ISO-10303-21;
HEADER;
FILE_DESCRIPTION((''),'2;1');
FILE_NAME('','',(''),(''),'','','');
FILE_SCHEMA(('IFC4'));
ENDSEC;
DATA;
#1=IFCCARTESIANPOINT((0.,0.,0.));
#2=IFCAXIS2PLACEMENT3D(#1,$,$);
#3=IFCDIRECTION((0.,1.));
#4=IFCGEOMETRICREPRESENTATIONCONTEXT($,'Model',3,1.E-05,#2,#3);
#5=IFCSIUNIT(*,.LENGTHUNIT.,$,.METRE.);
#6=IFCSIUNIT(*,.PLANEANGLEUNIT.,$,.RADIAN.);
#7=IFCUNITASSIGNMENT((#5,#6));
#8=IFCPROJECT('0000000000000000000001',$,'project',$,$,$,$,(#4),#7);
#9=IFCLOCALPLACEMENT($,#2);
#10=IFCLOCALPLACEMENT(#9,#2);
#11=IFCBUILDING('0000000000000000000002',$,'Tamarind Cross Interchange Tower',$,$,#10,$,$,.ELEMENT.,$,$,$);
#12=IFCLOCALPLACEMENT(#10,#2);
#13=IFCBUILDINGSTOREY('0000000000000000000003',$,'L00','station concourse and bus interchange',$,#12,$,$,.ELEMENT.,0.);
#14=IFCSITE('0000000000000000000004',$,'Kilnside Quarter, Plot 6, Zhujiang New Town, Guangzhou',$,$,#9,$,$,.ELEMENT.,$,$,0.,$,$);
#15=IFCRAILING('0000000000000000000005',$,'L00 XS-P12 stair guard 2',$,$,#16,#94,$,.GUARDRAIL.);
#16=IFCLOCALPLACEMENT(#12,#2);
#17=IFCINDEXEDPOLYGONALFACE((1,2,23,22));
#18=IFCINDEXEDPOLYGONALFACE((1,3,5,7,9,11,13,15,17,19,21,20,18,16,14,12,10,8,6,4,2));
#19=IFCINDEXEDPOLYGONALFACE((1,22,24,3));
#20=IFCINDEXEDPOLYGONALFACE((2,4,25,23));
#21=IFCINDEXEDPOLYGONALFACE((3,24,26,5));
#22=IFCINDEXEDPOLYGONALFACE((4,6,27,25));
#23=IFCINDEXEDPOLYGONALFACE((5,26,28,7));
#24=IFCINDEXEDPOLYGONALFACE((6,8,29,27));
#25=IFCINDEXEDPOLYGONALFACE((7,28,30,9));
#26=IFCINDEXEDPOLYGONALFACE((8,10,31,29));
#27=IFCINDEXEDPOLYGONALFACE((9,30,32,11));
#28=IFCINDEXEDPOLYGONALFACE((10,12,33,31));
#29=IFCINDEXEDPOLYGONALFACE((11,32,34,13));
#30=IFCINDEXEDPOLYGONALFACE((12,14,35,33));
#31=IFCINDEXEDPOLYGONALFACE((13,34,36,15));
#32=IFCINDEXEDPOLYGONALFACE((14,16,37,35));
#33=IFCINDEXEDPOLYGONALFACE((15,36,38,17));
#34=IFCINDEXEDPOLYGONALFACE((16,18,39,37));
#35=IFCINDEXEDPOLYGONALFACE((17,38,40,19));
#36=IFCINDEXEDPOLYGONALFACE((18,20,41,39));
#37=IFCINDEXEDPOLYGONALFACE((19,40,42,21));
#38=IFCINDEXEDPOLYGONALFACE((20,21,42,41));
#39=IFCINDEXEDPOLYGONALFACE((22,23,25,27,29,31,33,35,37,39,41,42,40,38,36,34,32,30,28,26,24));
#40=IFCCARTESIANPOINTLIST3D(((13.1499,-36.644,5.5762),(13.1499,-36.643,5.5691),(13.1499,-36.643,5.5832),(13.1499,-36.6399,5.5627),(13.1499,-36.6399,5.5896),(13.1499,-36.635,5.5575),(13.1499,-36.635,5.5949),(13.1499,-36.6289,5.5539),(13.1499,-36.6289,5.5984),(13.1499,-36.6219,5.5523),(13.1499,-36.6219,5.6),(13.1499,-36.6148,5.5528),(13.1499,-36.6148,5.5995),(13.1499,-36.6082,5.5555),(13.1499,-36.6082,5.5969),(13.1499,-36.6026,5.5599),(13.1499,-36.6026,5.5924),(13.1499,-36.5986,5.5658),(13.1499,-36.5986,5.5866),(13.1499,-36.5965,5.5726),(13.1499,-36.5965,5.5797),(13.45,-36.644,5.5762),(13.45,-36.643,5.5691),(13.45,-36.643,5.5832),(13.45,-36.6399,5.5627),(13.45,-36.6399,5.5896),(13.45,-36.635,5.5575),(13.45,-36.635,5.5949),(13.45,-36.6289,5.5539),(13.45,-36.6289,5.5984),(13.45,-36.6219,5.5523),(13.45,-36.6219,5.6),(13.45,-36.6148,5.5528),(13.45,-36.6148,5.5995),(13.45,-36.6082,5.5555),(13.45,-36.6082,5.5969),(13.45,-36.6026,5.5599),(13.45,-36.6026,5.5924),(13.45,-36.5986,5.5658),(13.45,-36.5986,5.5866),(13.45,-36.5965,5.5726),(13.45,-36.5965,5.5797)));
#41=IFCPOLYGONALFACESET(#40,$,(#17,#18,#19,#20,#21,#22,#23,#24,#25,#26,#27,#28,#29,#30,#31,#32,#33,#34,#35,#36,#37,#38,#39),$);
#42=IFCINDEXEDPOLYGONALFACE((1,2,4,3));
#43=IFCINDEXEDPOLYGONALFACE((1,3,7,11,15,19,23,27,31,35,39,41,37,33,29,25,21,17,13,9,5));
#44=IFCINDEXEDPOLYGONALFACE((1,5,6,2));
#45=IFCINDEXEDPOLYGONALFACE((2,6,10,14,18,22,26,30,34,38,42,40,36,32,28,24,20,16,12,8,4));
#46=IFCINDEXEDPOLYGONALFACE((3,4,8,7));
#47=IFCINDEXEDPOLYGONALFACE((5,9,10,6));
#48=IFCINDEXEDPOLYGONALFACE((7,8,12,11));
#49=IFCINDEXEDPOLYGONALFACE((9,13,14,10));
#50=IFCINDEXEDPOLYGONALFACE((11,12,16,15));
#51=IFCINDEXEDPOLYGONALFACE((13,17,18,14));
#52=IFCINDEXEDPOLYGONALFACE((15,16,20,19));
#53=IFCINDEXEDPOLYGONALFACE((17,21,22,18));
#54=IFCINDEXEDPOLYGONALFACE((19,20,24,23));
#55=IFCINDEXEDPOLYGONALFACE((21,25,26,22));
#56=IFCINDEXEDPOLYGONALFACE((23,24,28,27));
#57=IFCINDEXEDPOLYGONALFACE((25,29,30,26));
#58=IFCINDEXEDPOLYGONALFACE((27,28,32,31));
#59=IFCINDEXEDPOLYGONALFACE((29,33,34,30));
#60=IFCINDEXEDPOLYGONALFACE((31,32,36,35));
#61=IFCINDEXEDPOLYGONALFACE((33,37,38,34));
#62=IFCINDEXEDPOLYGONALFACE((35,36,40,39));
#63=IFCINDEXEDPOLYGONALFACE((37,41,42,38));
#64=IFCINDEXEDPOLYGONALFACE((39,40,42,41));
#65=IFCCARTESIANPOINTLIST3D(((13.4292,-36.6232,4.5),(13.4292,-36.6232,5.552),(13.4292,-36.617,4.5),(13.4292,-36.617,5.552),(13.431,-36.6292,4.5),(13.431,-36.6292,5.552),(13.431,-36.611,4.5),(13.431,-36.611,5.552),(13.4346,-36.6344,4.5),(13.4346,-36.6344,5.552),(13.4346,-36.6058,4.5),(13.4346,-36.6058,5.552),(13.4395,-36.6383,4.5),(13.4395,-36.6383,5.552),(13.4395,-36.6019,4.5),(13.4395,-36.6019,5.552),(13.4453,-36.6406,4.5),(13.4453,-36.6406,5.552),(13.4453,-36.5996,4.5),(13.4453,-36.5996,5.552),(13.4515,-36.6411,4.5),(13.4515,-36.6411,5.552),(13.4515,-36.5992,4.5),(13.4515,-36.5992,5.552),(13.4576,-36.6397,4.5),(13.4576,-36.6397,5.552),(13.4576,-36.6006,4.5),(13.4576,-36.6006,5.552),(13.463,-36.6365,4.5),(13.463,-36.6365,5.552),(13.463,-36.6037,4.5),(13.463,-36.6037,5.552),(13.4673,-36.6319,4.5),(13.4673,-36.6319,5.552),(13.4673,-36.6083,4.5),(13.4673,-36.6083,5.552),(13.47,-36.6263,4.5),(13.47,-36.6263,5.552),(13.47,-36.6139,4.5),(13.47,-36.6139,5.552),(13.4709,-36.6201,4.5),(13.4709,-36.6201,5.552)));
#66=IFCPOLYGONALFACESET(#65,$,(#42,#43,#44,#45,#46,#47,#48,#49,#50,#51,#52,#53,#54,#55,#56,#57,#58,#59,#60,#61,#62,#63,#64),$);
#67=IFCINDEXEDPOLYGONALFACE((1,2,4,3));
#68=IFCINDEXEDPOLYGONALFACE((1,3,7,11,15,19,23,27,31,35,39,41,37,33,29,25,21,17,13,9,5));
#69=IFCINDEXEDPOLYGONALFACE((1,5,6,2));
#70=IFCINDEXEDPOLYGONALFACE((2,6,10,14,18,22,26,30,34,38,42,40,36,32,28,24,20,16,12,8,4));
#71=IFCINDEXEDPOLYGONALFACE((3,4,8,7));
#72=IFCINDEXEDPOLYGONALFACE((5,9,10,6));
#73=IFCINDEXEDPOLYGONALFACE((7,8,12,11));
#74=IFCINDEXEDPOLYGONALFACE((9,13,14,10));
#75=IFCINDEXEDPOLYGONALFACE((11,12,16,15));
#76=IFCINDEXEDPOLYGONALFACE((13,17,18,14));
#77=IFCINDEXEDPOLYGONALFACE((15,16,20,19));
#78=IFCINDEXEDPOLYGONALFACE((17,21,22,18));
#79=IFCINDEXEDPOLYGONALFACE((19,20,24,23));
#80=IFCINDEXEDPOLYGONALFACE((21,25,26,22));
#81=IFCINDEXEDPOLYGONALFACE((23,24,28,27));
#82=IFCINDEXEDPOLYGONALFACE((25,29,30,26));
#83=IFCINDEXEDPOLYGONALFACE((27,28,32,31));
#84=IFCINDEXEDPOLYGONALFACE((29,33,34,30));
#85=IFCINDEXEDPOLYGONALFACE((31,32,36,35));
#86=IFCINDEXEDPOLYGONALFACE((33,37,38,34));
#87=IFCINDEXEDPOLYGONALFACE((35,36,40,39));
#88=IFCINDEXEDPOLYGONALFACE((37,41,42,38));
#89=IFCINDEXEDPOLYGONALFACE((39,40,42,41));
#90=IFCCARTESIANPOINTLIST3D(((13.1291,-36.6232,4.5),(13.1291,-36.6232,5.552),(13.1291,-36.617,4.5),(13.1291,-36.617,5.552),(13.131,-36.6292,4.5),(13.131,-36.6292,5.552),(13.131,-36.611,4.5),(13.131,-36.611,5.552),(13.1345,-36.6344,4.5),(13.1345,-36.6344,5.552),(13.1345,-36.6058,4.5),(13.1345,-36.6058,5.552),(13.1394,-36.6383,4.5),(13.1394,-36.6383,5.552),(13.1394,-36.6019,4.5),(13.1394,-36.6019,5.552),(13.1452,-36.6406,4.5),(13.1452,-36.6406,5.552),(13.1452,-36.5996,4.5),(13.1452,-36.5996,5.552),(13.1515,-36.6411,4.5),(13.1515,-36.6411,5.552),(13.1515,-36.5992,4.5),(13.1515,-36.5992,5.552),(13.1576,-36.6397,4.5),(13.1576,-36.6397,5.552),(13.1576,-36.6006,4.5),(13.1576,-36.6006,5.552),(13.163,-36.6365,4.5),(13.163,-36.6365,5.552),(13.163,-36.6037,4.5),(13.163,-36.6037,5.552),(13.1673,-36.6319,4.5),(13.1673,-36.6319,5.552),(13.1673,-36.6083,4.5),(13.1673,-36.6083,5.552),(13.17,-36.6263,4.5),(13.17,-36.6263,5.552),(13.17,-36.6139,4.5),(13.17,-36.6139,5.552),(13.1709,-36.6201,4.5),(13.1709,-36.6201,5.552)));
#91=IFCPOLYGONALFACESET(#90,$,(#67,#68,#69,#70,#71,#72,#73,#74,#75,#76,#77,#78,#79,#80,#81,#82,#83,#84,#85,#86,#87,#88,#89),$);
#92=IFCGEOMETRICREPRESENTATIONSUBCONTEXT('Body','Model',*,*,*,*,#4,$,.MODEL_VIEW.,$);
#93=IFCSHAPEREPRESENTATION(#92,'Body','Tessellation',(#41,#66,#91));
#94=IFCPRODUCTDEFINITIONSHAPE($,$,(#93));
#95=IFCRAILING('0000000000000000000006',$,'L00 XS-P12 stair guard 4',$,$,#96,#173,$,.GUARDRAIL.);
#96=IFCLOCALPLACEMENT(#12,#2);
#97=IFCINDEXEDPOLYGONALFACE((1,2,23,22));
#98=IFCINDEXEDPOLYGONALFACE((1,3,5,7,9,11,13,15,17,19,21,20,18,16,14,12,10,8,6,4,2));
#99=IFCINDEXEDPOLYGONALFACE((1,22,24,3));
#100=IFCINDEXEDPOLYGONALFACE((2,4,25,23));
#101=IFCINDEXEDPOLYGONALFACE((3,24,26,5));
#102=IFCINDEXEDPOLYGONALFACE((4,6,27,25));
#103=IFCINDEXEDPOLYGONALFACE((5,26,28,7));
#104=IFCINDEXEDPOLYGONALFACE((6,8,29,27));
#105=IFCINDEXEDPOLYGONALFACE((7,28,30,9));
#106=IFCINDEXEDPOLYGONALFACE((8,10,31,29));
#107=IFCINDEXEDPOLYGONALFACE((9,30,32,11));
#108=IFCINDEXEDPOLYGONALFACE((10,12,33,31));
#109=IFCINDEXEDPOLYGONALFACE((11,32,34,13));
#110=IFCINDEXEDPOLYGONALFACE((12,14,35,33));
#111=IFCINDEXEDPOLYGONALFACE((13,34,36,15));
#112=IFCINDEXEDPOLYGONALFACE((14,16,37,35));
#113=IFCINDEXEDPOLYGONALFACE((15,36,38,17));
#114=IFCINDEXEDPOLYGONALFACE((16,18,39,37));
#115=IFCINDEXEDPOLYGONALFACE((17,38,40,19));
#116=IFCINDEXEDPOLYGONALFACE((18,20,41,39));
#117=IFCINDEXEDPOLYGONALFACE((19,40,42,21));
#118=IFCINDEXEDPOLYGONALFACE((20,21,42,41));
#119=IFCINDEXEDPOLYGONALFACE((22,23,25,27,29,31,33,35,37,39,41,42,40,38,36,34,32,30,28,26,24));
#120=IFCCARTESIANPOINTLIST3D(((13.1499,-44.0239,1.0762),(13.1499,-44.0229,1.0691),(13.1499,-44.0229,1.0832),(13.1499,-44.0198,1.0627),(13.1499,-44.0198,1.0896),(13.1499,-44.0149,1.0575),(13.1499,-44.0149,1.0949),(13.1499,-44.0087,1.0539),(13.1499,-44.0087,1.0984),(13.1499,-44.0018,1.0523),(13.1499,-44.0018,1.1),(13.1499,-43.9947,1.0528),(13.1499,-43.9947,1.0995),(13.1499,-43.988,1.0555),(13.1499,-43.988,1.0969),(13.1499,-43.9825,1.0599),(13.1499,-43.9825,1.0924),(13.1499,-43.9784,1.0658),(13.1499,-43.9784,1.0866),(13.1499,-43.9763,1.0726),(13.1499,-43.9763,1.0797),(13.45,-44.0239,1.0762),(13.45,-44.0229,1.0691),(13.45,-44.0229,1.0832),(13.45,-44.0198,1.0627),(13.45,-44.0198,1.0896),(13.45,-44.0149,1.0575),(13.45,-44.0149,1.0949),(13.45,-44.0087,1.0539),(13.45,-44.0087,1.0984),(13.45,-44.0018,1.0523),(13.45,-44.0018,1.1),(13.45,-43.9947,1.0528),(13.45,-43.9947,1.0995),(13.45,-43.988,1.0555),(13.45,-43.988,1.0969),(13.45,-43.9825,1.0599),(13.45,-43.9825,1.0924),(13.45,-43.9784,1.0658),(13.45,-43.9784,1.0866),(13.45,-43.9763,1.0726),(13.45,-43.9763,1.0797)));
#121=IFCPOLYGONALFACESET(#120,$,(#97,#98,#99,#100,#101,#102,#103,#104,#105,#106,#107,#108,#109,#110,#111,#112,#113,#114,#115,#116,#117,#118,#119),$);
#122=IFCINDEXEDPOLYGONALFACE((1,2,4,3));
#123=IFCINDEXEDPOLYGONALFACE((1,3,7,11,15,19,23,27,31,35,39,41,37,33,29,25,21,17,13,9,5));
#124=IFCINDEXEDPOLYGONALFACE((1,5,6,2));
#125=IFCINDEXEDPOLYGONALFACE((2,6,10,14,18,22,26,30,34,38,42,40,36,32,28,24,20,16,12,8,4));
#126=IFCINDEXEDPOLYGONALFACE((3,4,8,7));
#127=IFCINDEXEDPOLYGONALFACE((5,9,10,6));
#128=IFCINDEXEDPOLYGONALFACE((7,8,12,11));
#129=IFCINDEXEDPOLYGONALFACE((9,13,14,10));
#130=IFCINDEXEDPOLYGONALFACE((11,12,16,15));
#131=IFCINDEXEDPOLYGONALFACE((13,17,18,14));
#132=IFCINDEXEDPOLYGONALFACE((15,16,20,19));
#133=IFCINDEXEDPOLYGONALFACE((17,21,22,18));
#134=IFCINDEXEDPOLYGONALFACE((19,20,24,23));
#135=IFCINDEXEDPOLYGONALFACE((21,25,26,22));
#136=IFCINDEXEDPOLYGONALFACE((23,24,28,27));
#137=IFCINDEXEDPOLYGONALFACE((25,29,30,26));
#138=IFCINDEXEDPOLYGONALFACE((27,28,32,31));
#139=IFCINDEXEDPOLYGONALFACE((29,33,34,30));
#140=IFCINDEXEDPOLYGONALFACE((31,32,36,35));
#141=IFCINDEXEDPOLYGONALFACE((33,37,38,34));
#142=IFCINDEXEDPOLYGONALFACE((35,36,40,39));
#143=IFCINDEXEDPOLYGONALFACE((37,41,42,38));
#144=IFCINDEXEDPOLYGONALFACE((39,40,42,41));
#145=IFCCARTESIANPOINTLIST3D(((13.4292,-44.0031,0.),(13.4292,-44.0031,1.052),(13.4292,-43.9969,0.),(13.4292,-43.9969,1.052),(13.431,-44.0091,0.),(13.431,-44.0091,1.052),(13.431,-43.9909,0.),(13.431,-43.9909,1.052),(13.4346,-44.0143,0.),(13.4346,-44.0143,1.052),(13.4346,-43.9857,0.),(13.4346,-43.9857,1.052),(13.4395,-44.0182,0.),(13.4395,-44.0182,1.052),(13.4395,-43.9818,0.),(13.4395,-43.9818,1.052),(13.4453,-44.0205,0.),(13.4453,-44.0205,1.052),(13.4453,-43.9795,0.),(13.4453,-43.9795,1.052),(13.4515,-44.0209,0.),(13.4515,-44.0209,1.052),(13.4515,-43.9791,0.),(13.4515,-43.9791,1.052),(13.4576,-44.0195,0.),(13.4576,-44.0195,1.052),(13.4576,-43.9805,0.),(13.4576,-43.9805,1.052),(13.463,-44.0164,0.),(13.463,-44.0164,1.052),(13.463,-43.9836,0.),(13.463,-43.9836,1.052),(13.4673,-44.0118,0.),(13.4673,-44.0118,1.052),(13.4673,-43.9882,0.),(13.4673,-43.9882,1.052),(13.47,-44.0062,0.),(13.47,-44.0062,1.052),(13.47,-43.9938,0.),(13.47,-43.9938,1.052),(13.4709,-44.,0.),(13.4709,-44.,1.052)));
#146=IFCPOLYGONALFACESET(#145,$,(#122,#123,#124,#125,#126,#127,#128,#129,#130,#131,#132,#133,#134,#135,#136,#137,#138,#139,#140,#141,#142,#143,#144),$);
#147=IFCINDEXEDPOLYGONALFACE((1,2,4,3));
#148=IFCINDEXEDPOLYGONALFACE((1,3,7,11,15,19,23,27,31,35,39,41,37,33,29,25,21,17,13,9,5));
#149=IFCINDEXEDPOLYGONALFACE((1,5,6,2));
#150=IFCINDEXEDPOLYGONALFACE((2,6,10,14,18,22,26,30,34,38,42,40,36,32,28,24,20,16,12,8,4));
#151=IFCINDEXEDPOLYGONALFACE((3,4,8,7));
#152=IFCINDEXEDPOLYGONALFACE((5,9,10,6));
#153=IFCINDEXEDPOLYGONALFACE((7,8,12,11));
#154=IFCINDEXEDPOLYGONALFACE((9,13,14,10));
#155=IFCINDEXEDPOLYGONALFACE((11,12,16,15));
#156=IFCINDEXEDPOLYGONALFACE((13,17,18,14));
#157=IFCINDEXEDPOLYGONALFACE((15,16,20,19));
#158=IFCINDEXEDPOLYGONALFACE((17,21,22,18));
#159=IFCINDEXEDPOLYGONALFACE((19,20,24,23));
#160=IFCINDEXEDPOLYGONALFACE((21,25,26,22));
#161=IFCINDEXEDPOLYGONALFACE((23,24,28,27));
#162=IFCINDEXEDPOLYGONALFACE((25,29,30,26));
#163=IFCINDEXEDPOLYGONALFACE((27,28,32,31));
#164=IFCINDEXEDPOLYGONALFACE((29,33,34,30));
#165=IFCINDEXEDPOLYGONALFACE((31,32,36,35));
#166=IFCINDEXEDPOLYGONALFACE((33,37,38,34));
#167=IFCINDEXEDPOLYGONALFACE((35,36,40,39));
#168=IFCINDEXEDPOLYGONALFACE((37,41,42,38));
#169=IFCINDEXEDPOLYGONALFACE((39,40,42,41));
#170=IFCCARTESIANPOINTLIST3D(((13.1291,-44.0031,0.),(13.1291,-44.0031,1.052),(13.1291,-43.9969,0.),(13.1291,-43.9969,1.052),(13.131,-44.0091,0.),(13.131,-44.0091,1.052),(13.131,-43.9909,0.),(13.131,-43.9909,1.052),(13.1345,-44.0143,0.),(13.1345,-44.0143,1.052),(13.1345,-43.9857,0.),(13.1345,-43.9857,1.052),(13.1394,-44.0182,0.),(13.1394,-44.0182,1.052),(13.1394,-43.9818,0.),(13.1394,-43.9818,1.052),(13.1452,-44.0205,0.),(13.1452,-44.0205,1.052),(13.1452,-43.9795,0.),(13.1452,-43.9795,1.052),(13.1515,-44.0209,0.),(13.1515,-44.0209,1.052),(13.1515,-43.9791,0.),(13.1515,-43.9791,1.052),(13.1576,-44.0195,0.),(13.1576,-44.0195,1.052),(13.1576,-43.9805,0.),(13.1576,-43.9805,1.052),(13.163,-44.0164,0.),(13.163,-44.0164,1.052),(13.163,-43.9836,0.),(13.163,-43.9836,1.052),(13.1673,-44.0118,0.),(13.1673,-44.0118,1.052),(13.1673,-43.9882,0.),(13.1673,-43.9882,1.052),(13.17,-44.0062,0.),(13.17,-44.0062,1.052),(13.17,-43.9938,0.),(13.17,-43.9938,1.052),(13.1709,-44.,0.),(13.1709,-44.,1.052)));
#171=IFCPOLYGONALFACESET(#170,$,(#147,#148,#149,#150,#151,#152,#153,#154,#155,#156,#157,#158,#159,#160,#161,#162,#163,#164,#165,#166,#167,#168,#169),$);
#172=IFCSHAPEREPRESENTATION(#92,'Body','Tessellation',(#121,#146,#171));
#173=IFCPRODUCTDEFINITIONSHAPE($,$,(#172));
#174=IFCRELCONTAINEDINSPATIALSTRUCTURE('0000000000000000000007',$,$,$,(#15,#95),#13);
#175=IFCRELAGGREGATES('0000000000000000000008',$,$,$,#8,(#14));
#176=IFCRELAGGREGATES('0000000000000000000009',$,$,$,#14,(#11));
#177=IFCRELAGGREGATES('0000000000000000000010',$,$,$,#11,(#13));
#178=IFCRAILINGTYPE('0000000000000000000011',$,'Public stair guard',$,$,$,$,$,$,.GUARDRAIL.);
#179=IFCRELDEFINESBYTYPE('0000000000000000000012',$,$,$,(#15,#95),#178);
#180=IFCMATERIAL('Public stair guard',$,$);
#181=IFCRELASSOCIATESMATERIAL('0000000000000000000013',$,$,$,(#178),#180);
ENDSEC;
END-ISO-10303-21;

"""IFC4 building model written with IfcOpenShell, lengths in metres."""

from ifc_helpers import new_model, si_unit, direction, frame, origin, origin_2d, place, context, subcontext, project, spatial, circle, extrude, material, type_object, element, save


model = new_model("IFC4")

# Units and contexts
model_context = context("Model", 3, precision=1e-05, world=origin(), true_north=direction((0.0, 1.0)))
body_context = subcontext(model_context, "Body", "Model", "MODEL_VIEW")
ifc_project = project(units=[si_unit("LENGTHUNIT", "METRE"), si_unit("PLANEANGLEUNIT", "RADIAN")], contexts=[model_context])

# Site, building, storey
site_placement = place(None, origin())
site = spatial("IfcSite", under=ifc_project, at=site_placement, Name="Kilnside Quarter, Plot 6, Zhujiang New Town, Guangzhou", CompositionType="ELEMENT", RefElevation=0.0)
building_placement = place(site_placement, origin())
building = spatial("IfcBuilding", under=site, at=building_placement, Name="Tamarind Cross Interchange Tower", CompositionType="ELEMENT")
storey_placement = place(building_placement, origin())
storey = spatial("IfcBuildingStorey", under=building, at=storey_placement, Name="L00", Description="station concourse and bus interchange", CompositionType="ELEMENT", Elevation=0.0)

# Railings
ifc_material_1 = material(Name="Public stair guard")
railing_type_1 = type_object("IfcRailingType", Name="Public stair guard", PredefinedType="GUARDRAIL", material=ifc_material_1)
railing_1_placement = place(storey_placement, frame((13.45, -36.6201, 4.5)))
element("IfcRailing", 1, at=railing_1_placement, inside=storey, type_object=railing_type_1, Name="L00 XS-P12 stair guard 2", PredefinedType="GUARDRAIL", context=body_context, shape_type="SweptSolid", body=[
    extrude(circle(Radius=0.0239, at=origin_2d()), frame((0.0, 0.0, 1.0762), z_axis=(-1.0, 0.0, 0.0), x_axis=(0.0, -1.0, 0.0)), (0.0, 0.0, 1.0), 0.3),
    extrude(circle(Radius=0.021, at=origin_2d()), origin(), (0.0, 0.0, 1.0), 1.052),
    extrude(circle(Radius=0.021, at=origin_2d()), frame((-0.3, 0.0, 0.0)), (0.0, 0.0, 1.0), 1.052),
])
railing_2_placement = place(storey_placement, frame((13.45, -44.0, 0.0)))
element("IfcRailing", 2, at=railing_2_placement, inside=storey, type_object=railing_type_1, Name="L00 XS-P12 stair guard 4", PredefinedType="GUARDRAIL", context=body_context, shape_type="SweptSolid", body=[
    extrude(circle(Radius=0.0239, at=origin_2d()), frame((0.0, 0.0, 1.0762), z_axis=(-1.0, 0.0, 0.0), x_axis=(0.0, -1.0, 0.0)), (0.0, 0.0, 1.0), 0.3),
    extrude(circle(Radius=0.021, at=origin_2d()), origin(), (0.0, 0.0, 1.0), 1.052),
    extrude(circle(Radius=0.021, at=origin_2d()), frame((-0.3, 0.0, 0.0)), (0.0, 0.0, 1.0), 1.052),
])

save(model, "model.ifc")
